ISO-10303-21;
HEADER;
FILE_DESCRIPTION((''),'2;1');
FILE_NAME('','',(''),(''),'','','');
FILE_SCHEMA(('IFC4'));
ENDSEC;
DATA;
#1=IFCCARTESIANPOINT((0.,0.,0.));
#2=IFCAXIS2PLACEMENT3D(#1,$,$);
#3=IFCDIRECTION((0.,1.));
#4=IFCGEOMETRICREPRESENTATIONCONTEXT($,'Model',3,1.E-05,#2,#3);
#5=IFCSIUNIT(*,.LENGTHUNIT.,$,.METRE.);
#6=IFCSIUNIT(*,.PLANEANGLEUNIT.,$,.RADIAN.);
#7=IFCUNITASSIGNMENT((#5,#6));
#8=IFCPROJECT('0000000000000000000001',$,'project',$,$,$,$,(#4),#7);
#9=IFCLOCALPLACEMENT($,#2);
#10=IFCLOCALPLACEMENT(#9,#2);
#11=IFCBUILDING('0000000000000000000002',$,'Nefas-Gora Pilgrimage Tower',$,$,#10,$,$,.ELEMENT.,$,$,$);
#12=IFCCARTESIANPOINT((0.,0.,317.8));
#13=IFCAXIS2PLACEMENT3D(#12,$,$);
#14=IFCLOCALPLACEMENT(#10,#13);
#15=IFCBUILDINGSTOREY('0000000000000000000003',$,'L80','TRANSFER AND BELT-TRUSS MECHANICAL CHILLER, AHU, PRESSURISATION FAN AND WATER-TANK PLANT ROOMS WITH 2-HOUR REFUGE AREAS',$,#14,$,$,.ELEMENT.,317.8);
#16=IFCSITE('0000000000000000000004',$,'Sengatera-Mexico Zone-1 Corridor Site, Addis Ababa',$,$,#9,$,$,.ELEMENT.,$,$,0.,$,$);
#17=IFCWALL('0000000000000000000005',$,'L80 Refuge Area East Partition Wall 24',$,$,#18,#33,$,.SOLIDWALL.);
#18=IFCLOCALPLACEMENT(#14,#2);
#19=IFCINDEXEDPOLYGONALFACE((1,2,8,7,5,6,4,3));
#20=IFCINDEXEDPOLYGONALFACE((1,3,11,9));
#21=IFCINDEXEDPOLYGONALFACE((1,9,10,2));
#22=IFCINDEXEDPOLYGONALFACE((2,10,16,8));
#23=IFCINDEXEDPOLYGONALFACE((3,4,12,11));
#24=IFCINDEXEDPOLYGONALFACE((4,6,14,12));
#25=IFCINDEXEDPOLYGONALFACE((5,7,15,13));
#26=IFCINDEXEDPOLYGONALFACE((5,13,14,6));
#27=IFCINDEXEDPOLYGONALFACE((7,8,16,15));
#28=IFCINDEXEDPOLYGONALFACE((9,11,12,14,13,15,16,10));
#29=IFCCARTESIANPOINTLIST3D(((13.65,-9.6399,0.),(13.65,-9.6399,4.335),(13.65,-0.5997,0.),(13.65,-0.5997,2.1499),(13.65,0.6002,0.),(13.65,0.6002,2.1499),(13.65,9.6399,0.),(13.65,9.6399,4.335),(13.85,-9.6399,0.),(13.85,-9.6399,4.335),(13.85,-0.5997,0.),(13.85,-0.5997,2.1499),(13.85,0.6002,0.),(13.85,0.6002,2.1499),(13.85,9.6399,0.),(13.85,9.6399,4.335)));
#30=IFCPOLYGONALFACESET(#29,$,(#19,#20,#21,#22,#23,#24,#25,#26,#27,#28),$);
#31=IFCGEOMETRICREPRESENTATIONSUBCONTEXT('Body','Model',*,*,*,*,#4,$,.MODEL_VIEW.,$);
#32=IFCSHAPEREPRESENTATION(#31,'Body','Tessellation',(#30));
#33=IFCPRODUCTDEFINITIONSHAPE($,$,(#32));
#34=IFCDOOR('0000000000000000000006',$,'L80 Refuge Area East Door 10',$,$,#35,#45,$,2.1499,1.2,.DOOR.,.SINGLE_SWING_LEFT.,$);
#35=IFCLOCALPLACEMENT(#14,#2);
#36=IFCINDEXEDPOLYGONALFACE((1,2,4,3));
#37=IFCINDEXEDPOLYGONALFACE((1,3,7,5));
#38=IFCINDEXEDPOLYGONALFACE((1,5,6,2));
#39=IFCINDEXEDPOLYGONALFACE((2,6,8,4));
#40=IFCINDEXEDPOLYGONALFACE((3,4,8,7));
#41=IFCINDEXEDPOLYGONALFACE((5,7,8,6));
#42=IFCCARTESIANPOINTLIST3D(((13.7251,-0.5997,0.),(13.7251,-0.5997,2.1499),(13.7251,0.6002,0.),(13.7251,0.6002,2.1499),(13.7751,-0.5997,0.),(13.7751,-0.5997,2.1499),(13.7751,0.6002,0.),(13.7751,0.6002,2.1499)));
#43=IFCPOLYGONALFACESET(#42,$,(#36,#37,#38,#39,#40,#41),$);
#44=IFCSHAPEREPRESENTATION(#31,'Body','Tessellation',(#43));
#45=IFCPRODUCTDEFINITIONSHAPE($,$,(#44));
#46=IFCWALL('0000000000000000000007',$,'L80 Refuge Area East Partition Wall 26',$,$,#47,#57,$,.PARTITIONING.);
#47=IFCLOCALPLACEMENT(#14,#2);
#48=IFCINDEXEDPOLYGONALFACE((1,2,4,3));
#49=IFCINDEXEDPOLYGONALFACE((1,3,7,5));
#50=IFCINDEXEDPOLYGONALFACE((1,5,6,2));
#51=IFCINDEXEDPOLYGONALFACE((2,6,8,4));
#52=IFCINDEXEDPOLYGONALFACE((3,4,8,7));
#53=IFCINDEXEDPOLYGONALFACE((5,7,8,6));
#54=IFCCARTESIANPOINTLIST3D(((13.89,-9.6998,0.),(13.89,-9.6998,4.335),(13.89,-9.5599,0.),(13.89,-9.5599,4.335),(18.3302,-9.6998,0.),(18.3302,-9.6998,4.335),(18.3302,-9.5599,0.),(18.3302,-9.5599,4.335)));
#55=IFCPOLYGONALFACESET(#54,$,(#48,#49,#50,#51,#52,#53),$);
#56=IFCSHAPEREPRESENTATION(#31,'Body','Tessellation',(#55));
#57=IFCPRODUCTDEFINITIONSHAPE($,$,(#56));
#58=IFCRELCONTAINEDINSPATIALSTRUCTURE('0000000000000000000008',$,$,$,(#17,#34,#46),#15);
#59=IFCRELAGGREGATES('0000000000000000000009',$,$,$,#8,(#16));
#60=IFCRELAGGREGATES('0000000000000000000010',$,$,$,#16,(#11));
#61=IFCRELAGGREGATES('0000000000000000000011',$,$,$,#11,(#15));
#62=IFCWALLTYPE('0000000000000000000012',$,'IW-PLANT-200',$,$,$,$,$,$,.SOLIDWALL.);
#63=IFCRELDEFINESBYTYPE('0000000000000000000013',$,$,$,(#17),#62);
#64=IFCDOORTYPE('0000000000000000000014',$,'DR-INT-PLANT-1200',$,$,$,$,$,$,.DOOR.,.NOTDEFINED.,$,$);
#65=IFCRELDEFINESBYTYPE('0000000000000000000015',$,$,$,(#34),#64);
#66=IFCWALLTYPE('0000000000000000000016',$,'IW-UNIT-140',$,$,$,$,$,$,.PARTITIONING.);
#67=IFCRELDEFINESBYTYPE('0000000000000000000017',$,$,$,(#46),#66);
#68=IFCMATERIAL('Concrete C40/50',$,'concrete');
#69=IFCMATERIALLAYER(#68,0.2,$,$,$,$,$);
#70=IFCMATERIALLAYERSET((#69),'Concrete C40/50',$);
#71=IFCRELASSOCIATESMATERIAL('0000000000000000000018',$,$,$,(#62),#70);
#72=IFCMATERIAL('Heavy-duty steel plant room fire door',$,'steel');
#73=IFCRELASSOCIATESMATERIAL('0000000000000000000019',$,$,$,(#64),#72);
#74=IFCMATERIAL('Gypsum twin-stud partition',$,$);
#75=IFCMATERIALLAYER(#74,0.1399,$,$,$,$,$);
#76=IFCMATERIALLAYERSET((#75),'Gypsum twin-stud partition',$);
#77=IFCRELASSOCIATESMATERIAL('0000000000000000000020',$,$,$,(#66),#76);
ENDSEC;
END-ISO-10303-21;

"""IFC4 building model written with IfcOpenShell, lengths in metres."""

from ifc_helpers import new_model, si_unit, direction, frame, frame_2d, origin, place, context, subcontext, project, spatial, rectangle, extrude, source, transform, mapped, material, layer, layer_set, type_object, element, fill, save


model = new_model("IFC4")

# Units and contexts
model_context = context("Model", 3, precision=1e-05, world=origin(), true_north=direction((0.0, 1.0)))
body_context = subcontext(model_context, "Body", "Model", "MODEL_VIEW")
ifc_project = project(units=[si_unit("LENGTHUNIT", "METRE"), si_unit("PLANEANGLEUNIT", "RADIAN")], contexts=[model_context])

# Site, building, storey
site_placement = place(None, origin())
site = spatial("IfcSite", under=ifc_project, at=site_placement, Name="Sengatera-Mexico Zone-1 Corridor Site, Addis Ababa", CompositionType="ELEMENT", RefElevation=0.0)
building_placement = place(site_placement, origin())
building = spatial("IfcBuilding", under=site, at=building_placement, Name="Nefas-Gora Pilgrimage Tower", CompositionType="ELEMENT")
storey_placement = place(building_placement, frame((0.0, 0.0, 317.8)))
storey = spatial("IfcBuildingStorey", under=building, at=storey_placement, Name="L80", Description="TRANSFER AND BELT-TRUSS MECHANICAL CHILLER, AHU, PRESSURISATION FAN AND WATER-TANK PLANT ROOMS WITH 2-HOUR REFUGE AREAS", CompositionType="ELEMENT", Elevation=317.8)

# Wall, opening, door
ifc_material_1 = material(Name="Concrete C40/50", Category="concrete")
ifc_layer_1 = layer(ifc_material_1, 0.2)
ifc_layer_set_1 = layer_set([ifc_layer_1], Name="Concrete C40/50")
wall_type_1 = type_object("IfcWallType", Name="IW-PLANT-200", PredefinedType="SOLIDWALL", material=ifc_layer_set_1)
shared_shape_1 = source(origin(), body_context, "Body", "SweptSolid", [
    extrude(rectangle(XDim=19.2798, YDim=0.2, at=frame_2d((9.6399, 0.0))), origin(), (0.0, 0.0, 1.0), 4.335),
])
wall_1_placement = place(storey_placement, frame((13.75, -9.6399, 0.0), z_axis=(0.0, 0.0, 1.0), x_axis=(0.0, 1.0, 0.0)))
wall_1 = element("IfcWall", 1, at=wall_1_placement, inside=storey, type_object=wall_type_1, Name="L80 Refuge Area East Partition Wall 24", PredefinedType="SOLIDWALL", context=body_context, shape_type="MappedRepresentation", body=[
    mapped(shared_shape_1, transform((0.0, 0.0, 0.0), x_axis=(1.0, 0.0, 0.0), y_axis=(0.0, 1.0, 0.0), z_axis=(0.0, 0.0, 1.0), scale=1.0)),
])
opening_placement = place(wall_1_placement, frame((9.04, 0.0, 0.0)))
opening = element("IfcOpeningElement", 2, at=opening_placement, cuts=wall_1, PredefinedType="OPENING", context=body_context, shape_type="SweptSolid", body=[
    extrude(rectangle(XDim=1.2, YDim=2.1499, at=frame_2d((0.6001, 1.075))), frame((0.0, 0.1099, 0.0), z_axis=(0.0, -1.0, 0.0), x_axis=(1.0, 0.0, 0.0)), (0.0, 0.0, 1.0), 0.22),
])
ifc_material_2 = material(Name="Heavy-duty steel plant room fire door", Category="steel")
door_type = type_object("IfcDoorType", Name="DR-INT-PLANT-1200", OperationType="NOTDEFINED", PredefinedType="DOOR", material=ifc_material_2)
shared_shape_2 = source(origin(), body_context, "Body", "SweptSolid", [
    extrude(rectangle(XDim=1.2, YDim=2.1499, at=frame_2d((0.6001, 1.075))), frame((0.0, 0.0249, 0.0), z_axis=(0.0, -1.0, 0.0), x_axis=(1.0, 0.0, 0.0)), (0.0, 0.0, 1.0), 0.05),
])
door_placement = place(opening_placement, origin())
door = element("IfcDoor", 3, at=door_placement, inside=storey, type_object=door_type, Name="L80 Refuge Area East Door 10", OperationType="SINGLE_SWING_LEFT", OverallHeight=2.1499, OverallWidth=1.2, PredefinedType="DOOR", context=body_context, shape_type="MappedRepresentation", body=[
    mapped(shared_shape_2, transform((0.0, 0.0, 0.0), x_axis=(1.0, 0.0, 0.0), y_axis=(0.0, 1.0, 0.0), z_axis=(0.0, 0.0, 1.0), scale=1.0)),
])
fill(opening, door)

# Wall
ifc_material_3 = material(Name="Gypsum twin-stud partition")
ifc_layer_2 = layer(ifc_material_3, 0.1399)
ifc_layer_set_2 = layer_set([ifc_layer_2], Name="Gypsum twin-stud partition")
wall_type_2 = type_object("IfcWallType", Name="IW-UNIT-140", PredefinedType="PARTITIONING", material=ifc_layer_set_2)
shared_shape_3 = source(origin(), body_context, "Body", "SweptSolid", [
    extrude(rectangle(XDim=4.4402, YDim=0.1399, at=frame_2d((2.2202, 0.0))), origin(), (0.0, 0.0, 1.0), 4.335),
])
wall_2_placement = place(storey_placement, frame((13.8899, -9.6299, 0.0), z_axis=(0.0, 0.0, 1.0), x_axis=(1.0, 0.0, 0.0)))
element("IfcWall", 4, at=wall_2_placement, inside=storey, type_object=wall_type_2, Name="L80 Refuge Area East Partition Wall 26", PredefinedType="PARTITIONING", context=body_context, shape_type="MappedRepresentation", body=[
    mapped(shared_shape_3, transform((0.0, 0.0, 0.0), x_axis=(1.0, 0.0, 0.0), y_axis=(0.0, 1.0, 0.0), z_axis=(0.0, 0.0, 1.0), scale=1.0)),
])

save(model, "model.ifc")
